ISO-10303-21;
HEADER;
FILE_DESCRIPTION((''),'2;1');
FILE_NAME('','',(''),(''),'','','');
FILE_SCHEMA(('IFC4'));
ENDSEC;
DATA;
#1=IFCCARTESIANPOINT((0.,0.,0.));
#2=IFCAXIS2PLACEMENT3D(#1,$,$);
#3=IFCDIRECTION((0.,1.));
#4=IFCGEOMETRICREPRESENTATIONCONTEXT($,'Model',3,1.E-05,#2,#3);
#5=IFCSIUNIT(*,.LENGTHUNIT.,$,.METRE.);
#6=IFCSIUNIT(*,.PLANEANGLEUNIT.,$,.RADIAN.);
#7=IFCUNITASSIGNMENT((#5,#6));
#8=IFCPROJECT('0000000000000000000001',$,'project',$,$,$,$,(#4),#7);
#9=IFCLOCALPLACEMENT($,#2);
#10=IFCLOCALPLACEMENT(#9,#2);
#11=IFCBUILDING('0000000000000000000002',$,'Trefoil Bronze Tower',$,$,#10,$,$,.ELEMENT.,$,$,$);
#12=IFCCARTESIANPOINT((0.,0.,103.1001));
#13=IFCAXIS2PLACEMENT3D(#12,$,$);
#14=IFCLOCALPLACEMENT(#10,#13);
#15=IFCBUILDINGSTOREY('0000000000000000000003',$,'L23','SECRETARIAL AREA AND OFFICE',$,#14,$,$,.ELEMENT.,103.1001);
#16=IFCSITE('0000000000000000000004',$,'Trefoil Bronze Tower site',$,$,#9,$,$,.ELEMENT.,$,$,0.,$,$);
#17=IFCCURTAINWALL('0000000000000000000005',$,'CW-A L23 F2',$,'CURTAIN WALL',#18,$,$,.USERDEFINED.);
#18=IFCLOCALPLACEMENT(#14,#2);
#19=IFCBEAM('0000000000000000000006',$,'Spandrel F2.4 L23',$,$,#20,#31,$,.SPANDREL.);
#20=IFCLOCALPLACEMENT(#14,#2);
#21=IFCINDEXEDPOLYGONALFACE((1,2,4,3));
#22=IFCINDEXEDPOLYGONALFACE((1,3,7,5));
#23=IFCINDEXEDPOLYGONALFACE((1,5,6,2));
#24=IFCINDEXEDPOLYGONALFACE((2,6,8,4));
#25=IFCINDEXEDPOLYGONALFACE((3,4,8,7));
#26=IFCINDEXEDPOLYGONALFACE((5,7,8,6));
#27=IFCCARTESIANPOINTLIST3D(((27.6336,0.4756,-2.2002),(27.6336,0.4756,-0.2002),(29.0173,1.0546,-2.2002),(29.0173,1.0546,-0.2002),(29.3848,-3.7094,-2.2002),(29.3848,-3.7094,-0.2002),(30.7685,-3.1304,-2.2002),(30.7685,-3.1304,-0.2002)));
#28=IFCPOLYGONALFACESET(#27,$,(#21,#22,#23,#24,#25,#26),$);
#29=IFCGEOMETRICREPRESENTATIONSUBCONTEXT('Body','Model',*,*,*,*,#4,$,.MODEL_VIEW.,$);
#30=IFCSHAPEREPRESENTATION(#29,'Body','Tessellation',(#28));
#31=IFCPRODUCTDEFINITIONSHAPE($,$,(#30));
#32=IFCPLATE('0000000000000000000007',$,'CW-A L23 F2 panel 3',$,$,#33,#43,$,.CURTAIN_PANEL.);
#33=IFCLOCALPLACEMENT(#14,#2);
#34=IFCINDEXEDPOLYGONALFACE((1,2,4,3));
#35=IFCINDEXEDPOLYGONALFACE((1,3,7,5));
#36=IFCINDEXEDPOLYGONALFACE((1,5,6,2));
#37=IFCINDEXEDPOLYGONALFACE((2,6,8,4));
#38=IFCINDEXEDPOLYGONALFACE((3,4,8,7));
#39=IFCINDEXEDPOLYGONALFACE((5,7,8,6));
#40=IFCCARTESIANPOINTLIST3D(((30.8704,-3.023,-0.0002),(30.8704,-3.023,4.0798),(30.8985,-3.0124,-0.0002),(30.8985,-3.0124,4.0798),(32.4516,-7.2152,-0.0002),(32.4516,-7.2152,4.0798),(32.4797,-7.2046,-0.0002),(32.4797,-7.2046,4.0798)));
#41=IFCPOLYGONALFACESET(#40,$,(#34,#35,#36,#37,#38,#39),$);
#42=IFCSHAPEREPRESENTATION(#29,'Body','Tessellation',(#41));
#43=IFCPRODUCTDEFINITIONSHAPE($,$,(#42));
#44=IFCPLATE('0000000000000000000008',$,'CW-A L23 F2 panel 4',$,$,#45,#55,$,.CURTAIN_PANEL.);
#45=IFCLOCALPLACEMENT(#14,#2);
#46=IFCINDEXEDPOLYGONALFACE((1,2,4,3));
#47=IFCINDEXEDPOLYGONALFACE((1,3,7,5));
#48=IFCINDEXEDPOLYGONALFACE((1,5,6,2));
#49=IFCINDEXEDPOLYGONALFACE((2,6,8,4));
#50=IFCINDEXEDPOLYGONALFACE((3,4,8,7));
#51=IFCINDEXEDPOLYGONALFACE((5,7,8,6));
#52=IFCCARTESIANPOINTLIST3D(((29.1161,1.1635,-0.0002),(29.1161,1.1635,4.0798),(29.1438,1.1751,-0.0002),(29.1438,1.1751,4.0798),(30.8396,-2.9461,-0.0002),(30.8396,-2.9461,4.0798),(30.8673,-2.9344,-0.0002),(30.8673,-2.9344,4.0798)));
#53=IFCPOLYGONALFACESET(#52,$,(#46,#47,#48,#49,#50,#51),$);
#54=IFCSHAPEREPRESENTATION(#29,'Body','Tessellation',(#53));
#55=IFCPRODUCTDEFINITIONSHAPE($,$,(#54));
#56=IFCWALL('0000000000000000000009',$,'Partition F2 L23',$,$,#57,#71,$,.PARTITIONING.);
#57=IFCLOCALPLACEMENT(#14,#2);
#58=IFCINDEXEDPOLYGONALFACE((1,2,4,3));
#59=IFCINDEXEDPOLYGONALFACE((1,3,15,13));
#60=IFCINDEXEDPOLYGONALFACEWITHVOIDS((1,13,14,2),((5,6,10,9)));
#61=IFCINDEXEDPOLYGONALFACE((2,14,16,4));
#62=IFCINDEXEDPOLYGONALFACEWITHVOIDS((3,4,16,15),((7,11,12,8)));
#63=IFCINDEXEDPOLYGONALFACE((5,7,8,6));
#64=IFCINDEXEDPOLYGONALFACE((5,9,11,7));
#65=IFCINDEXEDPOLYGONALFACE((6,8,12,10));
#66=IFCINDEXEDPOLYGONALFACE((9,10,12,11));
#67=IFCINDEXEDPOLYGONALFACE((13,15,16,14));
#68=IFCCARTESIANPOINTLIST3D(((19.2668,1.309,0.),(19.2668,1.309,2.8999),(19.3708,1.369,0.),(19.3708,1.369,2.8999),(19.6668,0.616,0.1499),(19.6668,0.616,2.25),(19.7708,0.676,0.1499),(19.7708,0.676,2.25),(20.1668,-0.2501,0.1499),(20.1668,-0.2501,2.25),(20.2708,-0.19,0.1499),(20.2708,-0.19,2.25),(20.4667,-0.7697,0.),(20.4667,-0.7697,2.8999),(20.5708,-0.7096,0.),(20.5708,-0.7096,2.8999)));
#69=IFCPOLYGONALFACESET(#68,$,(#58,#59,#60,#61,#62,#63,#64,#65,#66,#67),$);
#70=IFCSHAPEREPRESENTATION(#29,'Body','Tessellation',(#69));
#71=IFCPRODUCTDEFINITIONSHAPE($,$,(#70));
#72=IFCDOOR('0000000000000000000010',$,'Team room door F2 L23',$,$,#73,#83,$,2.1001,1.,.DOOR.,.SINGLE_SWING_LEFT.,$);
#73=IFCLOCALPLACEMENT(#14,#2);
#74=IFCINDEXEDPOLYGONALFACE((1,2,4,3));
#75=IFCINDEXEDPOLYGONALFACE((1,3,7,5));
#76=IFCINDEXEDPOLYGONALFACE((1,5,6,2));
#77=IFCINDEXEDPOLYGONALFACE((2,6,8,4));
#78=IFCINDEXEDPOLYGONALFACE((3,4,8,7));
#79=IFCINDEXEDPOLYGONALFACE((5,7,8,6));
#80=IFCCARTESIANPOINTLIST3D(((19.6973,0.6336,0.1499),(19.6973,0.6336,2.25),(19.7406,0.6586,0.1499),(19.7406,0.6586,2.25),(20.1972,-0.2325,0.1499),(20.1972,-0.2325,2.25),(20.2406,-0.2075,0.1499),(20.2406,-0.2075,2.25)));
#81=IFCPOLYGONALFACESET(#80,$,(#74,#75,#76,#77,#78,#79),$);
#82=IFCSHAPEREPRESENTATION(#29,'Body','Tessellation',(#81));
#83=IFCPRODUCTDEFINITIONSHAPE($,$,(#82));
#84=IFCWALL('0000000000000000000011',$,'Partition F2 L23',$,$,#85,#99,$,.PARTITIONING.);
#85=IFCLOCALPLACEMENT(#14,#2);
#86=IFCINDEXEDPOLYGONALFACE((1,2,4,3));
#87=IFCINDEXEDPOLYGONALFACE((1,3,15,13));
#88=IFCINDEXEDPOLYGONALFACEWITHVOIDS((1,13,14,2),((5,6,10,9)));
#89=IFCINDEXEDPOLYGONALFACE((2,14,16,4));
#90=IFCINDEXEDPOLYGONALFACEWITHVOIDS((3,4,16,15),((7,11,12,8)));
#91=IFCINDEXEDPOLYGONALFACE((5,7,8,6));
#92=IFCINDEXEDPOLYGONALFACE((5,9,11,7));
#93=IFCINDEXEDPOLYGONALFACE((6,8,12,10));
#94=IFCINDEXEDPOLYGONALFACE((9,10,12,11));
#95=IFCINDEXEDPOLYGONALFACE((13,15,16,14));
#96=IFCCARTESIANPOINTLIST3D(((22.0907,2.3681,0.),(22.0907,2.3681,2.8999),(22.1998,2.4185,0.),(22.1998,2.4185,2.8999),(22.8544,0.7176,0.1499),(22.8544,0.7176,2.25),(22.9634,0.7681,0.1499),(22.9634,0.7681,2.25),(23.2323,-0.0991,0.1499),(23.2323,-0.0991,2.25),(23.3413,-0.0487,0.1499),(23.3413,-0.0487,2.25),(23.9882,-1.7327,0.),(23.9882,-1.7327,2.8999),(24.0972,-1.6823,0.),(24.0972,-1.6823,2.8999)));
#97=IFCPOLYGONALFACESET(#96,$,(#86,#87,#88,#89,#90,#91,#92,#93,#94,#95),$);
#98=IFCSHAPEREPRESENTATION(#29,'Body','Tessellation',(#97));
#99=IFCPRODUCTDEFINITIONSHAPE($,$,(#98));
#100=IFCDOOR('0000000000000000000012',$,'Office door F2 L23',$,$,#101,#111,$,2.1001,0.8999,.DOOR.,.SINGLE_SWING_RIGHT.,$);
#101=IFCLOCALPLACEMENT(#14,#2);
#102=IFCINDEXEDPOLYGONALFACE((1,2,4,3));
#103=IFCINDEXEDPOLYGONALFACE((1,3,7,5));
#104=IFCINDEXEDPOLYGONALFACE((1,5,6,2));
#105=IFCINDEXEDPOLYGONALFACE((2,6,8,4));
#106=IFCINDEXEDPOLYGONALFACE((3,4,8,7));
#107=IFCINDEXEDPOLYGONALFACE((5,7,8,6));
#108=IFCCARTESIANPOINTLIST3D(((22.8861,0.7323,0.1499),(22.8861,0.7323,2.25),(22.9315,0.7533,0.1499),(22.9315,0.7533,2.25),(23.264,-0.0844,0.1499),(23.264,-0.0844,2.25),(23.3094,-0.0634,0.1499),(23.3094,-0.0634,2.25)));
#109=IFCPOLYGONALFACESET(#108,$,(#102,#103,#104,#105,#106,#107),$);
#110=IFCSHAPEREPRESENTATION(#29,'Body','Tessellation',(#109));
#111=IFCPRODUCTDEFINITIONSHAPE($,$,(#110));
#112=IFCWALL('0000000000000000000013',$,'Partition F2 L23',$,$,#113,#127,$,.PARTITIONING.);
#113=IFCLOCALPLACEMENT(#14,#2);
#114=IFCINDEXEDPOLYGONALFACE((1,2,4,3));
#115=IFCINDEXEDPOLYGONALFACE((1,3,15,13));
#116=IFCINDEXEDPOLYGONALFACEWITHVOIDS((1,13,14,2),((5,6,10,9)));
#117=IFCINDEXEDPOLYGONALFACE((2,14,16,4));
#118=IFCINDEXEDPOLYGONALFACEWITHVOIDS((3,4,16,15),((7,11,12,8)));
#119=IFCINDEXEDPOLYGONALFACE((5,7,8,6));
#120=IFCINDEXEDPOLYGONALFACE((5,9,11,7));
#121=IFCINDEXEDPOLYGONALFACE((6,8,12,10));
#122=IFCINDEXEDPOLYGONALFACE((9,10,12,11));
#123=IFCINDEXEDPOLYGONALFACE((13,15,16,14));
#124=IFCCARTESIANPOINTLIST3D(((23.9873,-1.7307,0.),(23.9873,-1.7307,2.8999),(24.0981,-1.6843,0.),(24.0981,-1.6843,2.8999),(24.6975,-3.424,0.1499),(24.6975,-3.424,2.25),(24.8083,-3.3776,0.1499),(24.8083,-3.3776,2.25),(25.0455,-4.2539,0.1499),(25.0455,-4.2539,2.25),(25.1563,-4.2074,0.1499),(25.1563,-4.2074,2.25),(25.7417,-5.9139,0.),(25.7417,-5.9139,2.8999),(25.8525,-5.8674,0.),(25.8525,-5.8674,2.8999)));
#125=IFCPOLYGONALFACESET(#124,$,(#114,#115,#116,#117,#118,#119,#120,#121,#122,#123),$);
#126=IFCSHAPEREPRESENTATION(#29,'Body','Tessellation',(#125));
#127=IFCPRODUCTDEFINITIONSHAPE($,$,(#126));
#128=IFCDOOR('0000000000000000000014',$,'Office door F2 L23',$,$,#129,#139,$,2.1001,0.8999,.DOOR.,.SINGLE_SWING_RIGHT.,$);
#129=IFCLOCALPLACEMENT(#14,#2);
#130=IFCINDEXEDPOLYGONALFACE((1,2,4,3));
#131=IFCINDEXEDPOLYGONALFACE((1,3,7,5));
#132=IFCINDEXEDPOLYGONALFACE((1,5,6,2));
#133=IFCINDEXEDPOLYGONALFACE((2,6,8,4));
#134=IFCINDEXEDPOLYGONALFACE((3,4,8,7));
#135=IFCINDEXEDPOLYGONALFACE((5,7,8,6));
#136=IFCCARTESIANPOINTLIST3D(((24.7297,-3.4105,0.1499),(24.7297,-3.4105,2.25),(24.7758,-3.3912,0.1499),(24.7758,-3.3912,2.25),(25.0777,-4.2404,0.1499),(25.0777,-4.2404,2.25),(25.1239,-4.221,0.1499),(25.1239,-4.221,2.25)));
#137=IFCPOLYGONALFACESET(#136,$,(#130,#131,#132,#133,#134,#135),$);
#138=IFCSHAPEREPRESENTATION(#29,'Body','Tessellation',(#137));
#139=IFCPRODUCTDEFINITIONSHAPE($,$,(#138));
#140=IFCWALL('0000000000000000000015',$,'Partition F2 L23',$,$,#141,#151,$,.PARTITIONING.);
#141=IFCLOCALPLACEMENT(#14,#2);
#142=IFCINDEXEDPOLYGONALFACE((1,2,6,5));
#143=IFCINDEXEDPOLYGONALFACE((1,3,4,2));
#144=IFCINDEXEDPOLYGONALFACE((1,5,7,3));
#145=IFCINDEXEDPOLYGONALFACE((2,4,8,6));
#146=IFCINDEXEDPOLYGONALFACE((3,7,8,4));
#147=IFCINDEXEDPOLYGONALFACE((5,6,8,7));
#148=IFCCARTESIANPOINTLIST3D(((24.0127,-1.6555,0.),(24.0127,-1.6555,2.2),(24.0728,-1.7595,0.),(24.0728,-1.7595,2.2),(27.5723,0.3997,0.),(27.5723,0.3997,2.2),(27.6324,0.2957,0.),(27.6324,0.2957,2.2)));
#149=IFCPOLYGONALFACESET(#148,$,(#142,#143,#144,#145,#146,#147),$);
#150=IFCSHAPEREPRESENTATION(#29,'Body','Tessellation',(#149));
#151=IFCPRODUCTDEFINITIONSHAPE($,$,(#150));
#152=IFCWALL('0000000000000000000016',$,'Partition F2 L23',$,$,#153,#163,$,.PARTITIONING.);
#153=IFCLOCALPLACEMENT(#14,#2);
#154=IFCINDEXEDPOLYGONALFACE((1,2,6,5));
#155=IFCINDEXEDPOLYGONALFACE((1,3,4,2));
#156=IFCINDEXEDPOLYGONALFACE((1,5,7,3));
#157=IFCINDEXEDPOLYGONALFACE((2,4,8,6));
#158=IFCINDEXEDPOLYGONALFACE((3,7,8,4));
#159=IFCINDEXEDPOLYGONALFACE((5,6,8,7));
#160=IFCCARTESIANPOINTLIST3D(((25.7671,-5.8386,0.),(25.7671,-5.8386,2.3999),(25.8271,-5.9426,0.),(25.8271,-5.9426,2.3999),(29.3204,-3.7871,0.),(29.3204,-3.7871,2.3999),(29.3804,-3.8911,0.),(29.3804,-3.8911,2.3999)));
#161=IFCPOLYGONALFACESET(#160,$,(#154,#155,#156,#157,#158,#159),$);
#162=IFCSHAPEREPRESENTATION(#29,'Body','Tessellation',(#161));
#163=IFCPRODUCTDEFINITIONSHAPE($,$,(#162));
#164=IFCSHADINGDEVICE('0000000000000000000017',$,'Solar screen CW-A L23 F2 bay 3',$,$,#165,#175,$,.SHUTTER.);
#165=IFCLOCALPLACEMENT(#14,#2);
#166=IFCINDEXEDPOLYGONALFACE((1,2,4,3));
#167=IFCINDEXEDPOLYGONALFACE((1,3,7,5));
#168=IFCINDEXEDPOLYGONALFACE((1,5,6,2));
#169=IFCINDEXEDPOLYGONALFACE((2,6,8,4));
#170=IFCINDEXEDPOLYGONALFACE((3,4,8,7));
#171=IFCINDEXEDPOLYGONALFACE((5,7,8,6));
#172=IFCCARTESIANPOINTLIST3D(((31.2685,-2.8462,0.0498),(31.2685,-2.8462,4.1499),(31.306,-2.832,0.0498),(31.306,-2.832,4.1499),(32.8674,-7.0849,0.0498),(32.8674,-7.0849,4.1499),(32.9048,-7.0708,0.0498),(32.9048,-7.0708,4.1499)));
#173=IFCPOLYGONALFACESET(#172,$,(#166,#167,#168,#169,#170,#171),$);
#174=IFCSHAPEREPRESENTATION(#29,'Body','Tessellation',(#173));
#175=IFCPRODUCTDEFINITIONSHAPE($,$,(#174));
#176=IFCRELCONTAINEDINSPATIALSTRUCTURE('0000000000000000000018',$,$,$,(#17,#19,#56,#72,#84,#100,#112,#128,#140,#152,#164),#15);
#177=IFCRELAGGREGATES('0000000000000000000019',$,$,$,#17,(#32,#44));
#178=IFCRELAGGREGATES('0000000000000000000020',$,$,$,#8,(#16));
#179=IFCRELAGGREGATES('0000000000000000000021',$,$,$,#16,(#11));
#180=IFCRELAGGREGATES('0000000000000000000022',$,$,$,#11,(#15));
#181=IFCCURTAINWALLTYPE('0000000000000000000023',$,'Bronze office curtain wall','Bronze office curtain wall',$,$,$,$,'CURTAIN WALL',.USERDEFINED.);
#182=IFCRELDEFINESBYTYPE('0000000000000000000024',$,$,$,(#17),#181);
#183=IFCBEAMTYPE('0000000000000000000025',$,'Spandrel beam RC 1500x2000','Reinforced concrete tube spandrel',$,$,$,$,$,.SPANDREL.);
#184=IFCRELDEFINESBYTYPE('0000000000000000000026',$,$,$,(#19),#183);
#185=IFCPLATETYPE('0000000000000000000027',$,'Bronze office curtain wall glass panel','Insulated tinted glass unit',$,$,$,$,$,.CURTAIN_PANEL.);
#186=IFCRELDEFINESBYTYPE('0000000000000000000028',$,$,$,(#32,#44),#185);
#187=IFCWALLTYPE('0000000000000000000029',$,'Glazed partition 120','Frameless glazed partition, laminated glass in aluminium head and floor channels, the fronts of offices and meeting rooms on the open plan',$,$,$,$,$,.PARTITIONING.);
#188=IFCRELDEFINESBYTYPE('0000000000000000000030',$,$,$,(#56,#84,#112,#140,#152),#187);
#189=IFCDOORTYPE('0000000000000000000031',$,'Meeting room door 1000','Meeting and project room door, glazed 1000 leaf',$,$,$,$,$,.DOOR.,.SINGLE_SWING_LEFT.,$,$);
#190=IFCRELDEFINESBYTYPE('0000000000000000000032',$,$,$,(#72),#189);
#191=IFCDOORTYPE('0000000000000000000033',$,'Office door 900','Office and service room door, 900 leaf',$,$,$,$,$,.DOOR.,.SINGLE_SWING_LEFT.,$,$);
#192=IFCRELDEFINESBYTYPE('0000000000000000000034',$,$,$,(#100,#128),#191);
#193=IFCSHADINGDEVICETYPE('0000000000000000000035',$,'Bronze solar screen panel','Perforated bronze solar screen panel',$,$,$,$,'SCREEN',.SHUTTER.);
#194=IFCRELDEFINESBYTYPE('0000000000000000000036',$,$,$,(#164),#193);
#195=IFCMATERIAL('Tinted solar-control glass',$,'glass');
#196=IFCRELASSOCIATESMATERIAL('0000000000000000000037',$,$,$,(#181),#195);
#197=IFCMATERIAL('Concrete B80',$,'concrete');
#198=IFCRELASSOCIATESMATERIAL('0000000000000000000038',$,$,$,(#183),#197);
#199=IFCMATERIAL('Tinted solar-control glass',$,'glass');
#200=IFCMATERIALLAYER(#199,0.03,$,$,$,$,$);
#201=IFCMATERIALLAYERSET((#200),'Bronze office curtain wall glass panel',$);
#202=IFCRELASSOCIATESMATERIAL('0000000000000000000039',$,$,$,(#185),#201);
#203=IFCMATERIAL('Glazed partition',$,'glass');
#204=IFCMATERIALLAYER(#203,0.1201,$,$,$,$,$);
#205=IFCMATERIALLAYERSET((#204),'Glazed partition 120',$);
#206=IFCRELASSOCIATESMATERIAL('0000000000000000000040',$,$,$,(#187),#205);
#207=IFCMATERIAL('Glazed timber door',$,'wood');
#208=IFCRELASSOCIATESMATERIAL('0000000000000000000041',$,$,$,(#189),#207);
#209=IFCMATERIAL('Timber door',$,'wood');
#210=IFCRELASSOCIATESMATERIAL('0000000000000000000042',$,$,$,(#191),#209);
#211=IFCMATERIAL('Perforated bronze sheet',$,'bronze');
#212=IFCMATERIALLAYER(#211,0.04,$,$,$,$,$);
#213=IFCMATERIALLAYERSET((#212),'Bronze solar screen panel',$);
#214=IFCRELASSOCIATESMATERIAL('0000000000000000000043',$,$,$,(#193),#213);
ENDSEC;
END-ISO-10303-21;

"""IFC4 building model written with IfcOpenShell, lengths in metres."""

from ifc_helpers import new_model, si_unit, direction, frame, frame_2d, origin, origin_2d, place, context, subcontext, project, spatial, rectangle, extrude, material, layer, layer_set, material_profile, profile_set, type_object, element, fill, aggregate, save


model = new_model("IFC4")

# Units and contexts
model_context = context("Model", 3, precision=1e-05, world=origin(), true_north=direction((0.0, 1.0)))
body_context = subcontext(model_context, "Body", "Model", "MODEL_VIEW")
ifc_project = project(units=[si_unit("LENGTHUNIT", "METRE"), si_unit("PLANEANGLEUNIT", "RADIAN")], contexts=[model_context])

# Site, building, storey
site_placement = place(None, origin())
site = spatial("IfcSite", under=ifc_project, at=site_placement, Name="Trefoil Bronze Tower site", CompositionType="ELEMENT", RefElevation=0.0)
building_placement = place(site_placement, origin())
building = spatial("IfcBuilding", under=site, at=building_placement, Name="Trefoil Bronze Tower", CompositionType="ELEMENT")
storey_placement = place(building_placement, frame((0.0, 0.0, 103.1001)))
storey = spatial("IfcBuildingStorey", under=building, at=storey_placement, Name="L23", Description="SECRETARIAL AREA AND OFFICE", CompositionType="ELEMENT", Elevation=103.1001)

# Curtain wall
ifc_material_1 = material(Name="Tinted solar-control glass", Category="glass")
curtain_wall_type = type_object("IfcCurtainWallType", Name="Bronze office curtain wall", Description="Bronze office curtain wall", ElementType="CURTAIN WALL", PredefinedType="USERDEFINED", material=ifc_material_1)
curtain_wall_placement = place(storey_placement, origin())
curtain_wall = element("IfcCurtainWall", 1, at=curtain_wall_placement, inside=storey, type_object=curtain_wall_type, Name="CW-A L23 F2", ObjectType="CURTAIN WALL", PredefinedType="USERDEFINED")

# Beam
ifc_material_2 = material(Name="Concrete B80", Category="concrete")
ifc_material_profile_1 = material_profile(ifc_material_2, rectangle(XDim=1.5, YDim=2.0, at=origin_2d()), Name="RC 1500x2000")
ifc_profile_set_1 = profile_set([ifc_material_profile_1], Name="Concrete B80")
beam_type_1 = type_object("IfcBeamType", Name="Spandrel beam RC 1500x2000", Description="Reinforced concrete tube spandrel", PredefinedType="SPANDREL", material=ifc_profile_set_1)
beam_1_placement = place(storey_placement, frame((30.0767, -3.4199, -1.2002), z_axis=(-0.386013, 0.922493, 0.0), x_axis=(-0.922493, -0.386013, 0.0)))
element("IfcBeam", 2, at=beam_1_placement, inside=storey, type_object=beam_type_1, Name="Spandrel F2.4 L23", PredefinedType="SPANDREL", context=body_context, shape_type="SweptSolid", body=[
    extrude(rectangle(XDim=1.5, YDim=2.0, at=origin_2d()), origin(), (0.0, 0.0, 1.0), 4.5366),
])

# Plates
ifc_material_3 = material(Name="Tinted solar-control glass", Category="glass")
ifc_layer_1 = layer(ifc_material_3, 0.03)
ifc_layer_set_1 = layer_set([ifc_layer_1], Name="Bronze office curtain wall glass panel")
plate_type = type_object("IfcPlateType", Name="Bronze office curtain wall glass panel", Description="Insulated tinted glass unit", PredefinedType="CURTAIN_PANEL", material=ifc_layer_set_1)
plate_1_placement = place(storey_placement, frame((31.675, -5.1138, -0.0002), z_axis=(0.0, 0.0, 1.0), x_axis=(-0.35292, 0.935654, 0.0)))
plate_1 = element("IfcPlate", 3, at=plate_1_placement, type_object=plate_type, Name="CW-A L23 F2 panel 3", PredefinedType="CURTAIN_PANEL", context=body_context, shape_type="SweptSolid", body=[
    extrude(rectangle(XDim=4.4805, YDim=0.03, at=origin_2d()), origin(), (0.0, 0.0, 1.0), 4.0801),
])
plate_2_placement = place(storey_placement, frame((29.9917, -0.8855, -0.0002), z_axis=(0.0, 0.0, 1.0), x_axis=(-0.386759, 0.922181, 0.0)))
plate_2 = element("IfcPlate", 4, at=plate_2_placement, type_object=plate_type, Name="CW-A L23 F2 panel 4", PredefinedType="CURTAIN_PANEL", context=body_context, shape_type="SweptSolid", body=[
    extrude(rectangle(XDim=4.4563, YDim=0.03, at=origin_2d()), origin(), (0.0, 0.0, 1.0), 4.0801),
])
aggregate(curtain_wall, [plate_1, plate_2])

# Walls, openings, doors
ifc_material_4 = material(Name="Glazed partition", Category="glass")
ifc_layer_2 = layer(ifc_material_4, 0.1201)
ifc_layer_set_2 = layer_set([ifc_layer_2], Name="Glazed partition 120")
wall_type = type_object("IfcWallType", Name="Glazed partition 120", Description="Frameless glazed partition, laminated glass in aluminium head and floor channels, the fronts of offices and meeting rooms on the open plan", PredefinedType="PARTITIONING", material=ifc_layer_set_2)
wall_1_placement = place(storey_placement, frame((20.5188, -0.7397, 0.0), z_axis=(0.0, 0.0, 1.0), x_axis=(-0.499957, 0.86605, 0.0)))
wall_1 = element("IfcWall", 5, at=wall_1_placement, inside=storey, type_object=wall_type, Name="Partition F2 L23", PredefinedType="PARTITIONING", context=body_context, shape_type="SweptSolid", body=[
    extrude(rectangle(XDim=2.4001, YDim=0.1201, at=frame_2d((1.2002, 0.0))), origin(), (0.0, 0.0, 1.0), 2.8999),
])
opening_1_placement = place(wall_1_placement, frame((0.6001, 0.0, 0.1499)))
opening_1 = element("IfcOpeningElement", 6, at=opening_1_placement, cuts=wall_1, PredefinedType="OPENING", context=body_context, shape_type="SweptSolid", body=[
    extrude(rectangle(XDim=1.0, YDim=2.1001, at=frame_2d((0.5, 1.05))), frame((0.0, 0.0701, 0.0), z_axis=(0.0, -1.0, 0.0), x_axis=(1.0, 0.0, 0.0)), (0.0, 0.0, 1.0), 0.1401),
])
ifc_material_5 = material(Name="Glazed timber door", Category="wood")
door_type_1 = type_object("IfcDoorType", Name="Meeting room door 1000", Description="Meeting and project room door, glazed 1000 leaf", OperationType="SINGLE_SWING_LEFT", PredefinedType="DOOR", material=ifc_material_5)
door_1_placement = place(opening_1_placement, origin())
door_1 = element("IfcDoor", 7, at=door_1_placement, inside=storey, type_object=door_type_1, Name="Team room door F2 L23", OperationType="SINGLE_SWING_LEFT", OverallHeight=2.1001, OverallWidth=1.0, PredefinedType="DOOR", context=body_context, shape_type="SweptSolid", body=[
    extrude(rectangle(XDim=1.0, YDim=2.1001, at=frame_2d((0.5, 1.05))), frame((0.0, 0.0249, 0.0), z_axis=(0.0, -1.0, 0.0), x_axis=(1.0, 0.0, 0.0)), (0.0, 0.0, 1.0), 0.05),
])
fill(opening_1, door_1)
wall_2_placement = place(storey_placement, frame((24.0427, -1.7075, 0.0), z_axis=(0.0, 0.0, 1.0), x_axis=(-0.419928, 0.907557, 0.0)))
wall_2 = element("IfcWall", 8, at=wall_2_placement, inside=storey, type_object=wall_type, Name="Partition F2 L23", PredefinedType="PARTITIONING", context=body_context, shape_type="SweptSolid", body=[
    extrude(rectangle(XDim=4.5186, YDim=0.1201, at=frame_2d((2.2593, 0.0))), origin(), (0.0, 0.0, 1.0), 2.8999),
])
opening_2_placement = place(wall_2_placement, frame((1.8, 0.0, 0.1499)))
opening_2 = element("IfcOpeningElement", 9, at=opening_2_placement, cuts=wall_2, PredefinedType="OPENING", context=body_context, shape_type="SweptSolid", body=[
    extrude(rectangle(XDim=0.8999, YDim=2.1001, at=frame_2d((0.45, 1.05))), frame((0.0, 0.0701, 0.0), z_axis=(0.0, -1.0, 0.0), x_axis=(1.0, 0.0, 0.0)), (0.0, 0.0, 1.0), 0.1401),
])
ifc_material_6 = material(Name="Timber door", Category="wood")
door_type_2 = type_object("IfcDoorType", Name="Office door 900", Description="Office and service room door, 900 leaf", OperationType="SINGLE_SWING_LEFT", PredefinedType="DOOR", material=ifc_material_6)
door_2_placement = place(opening_2_placement, frame((0.8999, 0.0, 0.0), z_axis=(0.0, 0.0, 1.0), x_axis=(-1.0, 0.0, 0.0)))
door_2 = element("IfcDoor", 10, at=door_2_placement, inside=storey, type_object=door_type_2, Name="Office door F2 L23", OperationType="SINGLE_SWING_RIGHT", OverallHeight=2.1001, OverallWidth=0.8999, PredefinedType="DOOR", context=body_context, shape_type="SweptSolid", body=[
    extrude(rectangle(XDim=0.8999, YDim=2.1001, at=frame_2d((0.45, 1.05))), frame((0.0, 0.0249, 0.0), z_axis=(0.0, -1.0, 0.0), x_axis=(1.0, 0.0, 0.0)), (0.0, 0.0, 1.0), 0.05),
])
fill(opening_2, door_2)
wall_3_placement = place(storey_placement, frame((25.7971, -5.8906, 0.0), z_axis=(0.0, 0.0, 1.0), x_axis=(-0.386762, 0.92218, 0.0)))
wall_3 = element("IfcWall", 11, at=wall_3_placement, inside=storey, type_object=wall_type, Name="Partition F2 L23", PredefinedType="PARTITIONING", context=body_context, shape_type="SweptSolid", body=[
    extrude(rectangle(XDim=4.5361, YDim=0.1201, at=frame_2d((2.2681, 0.0))), origin(), (0.0, 0.0, 1.0), 2.8999),
])
opening_3_placement = place(wall_3_placement, frame((1.8, 0.0, 0.1499)))
opening_3 = element("IfcOpeningElement", 12, at=opening_3_placement, cuts=wall_3, PredefinedType="OPENING", context=body_context, shape_type="SweptSolid", body=[
    extrude(rectangle(XDim=0.8999, YDim=2.1001, at=frame_2d((0.45, 1.05))), frame((0.0, 0.0701, 0.0), z_axis=(0.0, -1.0, 0.0), x_axis=(1.0, 0.0, 0.0)), (0.0, 0.0, 1.0), 0.1401),
])
door_3_placement = place(opening_3_placement, frame((0.8999, 0.0, 0.0), z_axis=(0.0, 0.0, 1.0), x_axis=(-1.0, 0.0, 0.0)))
door_3 = element("IfcDoor", 13, at=door_3_placement, inside=storey, type_object=door_type_2, Name="Office door F2 L23", OperationType="SINGLE_SWING_RIGHT", OverallHeight=2.1001, OverallWidth=0.8999, PredefinedType="DOOR", context=body_context, shape_type="SweptSolid", body=[
    extrude(rectangle(XDim=0.8999, YDim=2.1001, at=frame_2d((0.45, 1.05))), frame((0.0, 0.0249, 0.0), z_axis=(0.0, -1.0, 0.0), x_axis=(1.0, 0.0, 0.0)), (0.0, 0.0, 1.0), 0.05),
])
fill(opening_3, door_3)

# Walls
wall_4_placement = place(storey_placement, frame((24.0427, -1.7075, 0.0), z_axis=(0.0, 0.0, 1.0), x_axis=(0.866019, 0.50001, 0.0)))
element("IfcWall", 14, at=wall_4_placement, inside=storey, type_object=wall_type, Name="Partition F2 L23", PredefinedType="PARTITIONING", context=body_context, shape_type="SweptSolid", body=[
    extrude(rectangle(XDim=4.1104, YDim=0.1201, at=frame_2d((2.0552, 0.0))), origin(), (0.0, 0.0, 1.0), 2.2),
])
wall_5_placement = place(storey_placement, frame((25.7971, -5.8906, 0.0), z_axis=(0.0, 0.0, 1.0), x_axis=(0.866019, 0.500011, 0.0)))
element("IfcWall", 15, at=wall_5_placement, inside=storey, type_object=wall_type, Name="Partition F2 L23", PredefinedType="PARTITIONING", context=body_context, shape_type="SweptSolid", body=[
    extrude(rectangle(XDim=4.103, YDim=0.1201, at=frame_2d((2.0515, 0.0))), origin(), (0.0, 0.0, 1.0), 2.3999),
])

# Shading device
ifc_material_7 = material(Name="Perforated bronze sheet", Category="bronze")
ifc_layer_3 = layer(ifc_material_7, 0.04)
ifc_layer_set_3 = layer_set([ifc_layer_3], Name="Bronze solar screen panel")
shading_device_type = type_object("IfcShadingDeviceType", Name="Bronze solar screen panel", Description="Perforated bronze solar screen panel", ElementType="SCREEN", PredefinedType="SHUTTER", material=ifc_layer_set_3)
shading_device_1_placement = place(storey_placement, frame((32.0867, -4.9585, 0.0498), z_axis=(0.0, 0.0, 1.0), x_axis=(-0.35292, 0.935654, 0.0)))
element("IfcShadingDevice", 16, at=shading_device_1_placement, inside=storey, type_object=shading_device_type, Name="Solar screen CW-A L23 F2 bay 3", PredefinedType="SHUTTER", context=body_context, shape_type="SweptSolid", body=[
    extrude(rectangle(XDim=4.5303, YDim=0.04, at=origin_2d()), origin(), (0.0, 0.0, 1.0), 4.1001),
])

save(model, "model.ifc")
